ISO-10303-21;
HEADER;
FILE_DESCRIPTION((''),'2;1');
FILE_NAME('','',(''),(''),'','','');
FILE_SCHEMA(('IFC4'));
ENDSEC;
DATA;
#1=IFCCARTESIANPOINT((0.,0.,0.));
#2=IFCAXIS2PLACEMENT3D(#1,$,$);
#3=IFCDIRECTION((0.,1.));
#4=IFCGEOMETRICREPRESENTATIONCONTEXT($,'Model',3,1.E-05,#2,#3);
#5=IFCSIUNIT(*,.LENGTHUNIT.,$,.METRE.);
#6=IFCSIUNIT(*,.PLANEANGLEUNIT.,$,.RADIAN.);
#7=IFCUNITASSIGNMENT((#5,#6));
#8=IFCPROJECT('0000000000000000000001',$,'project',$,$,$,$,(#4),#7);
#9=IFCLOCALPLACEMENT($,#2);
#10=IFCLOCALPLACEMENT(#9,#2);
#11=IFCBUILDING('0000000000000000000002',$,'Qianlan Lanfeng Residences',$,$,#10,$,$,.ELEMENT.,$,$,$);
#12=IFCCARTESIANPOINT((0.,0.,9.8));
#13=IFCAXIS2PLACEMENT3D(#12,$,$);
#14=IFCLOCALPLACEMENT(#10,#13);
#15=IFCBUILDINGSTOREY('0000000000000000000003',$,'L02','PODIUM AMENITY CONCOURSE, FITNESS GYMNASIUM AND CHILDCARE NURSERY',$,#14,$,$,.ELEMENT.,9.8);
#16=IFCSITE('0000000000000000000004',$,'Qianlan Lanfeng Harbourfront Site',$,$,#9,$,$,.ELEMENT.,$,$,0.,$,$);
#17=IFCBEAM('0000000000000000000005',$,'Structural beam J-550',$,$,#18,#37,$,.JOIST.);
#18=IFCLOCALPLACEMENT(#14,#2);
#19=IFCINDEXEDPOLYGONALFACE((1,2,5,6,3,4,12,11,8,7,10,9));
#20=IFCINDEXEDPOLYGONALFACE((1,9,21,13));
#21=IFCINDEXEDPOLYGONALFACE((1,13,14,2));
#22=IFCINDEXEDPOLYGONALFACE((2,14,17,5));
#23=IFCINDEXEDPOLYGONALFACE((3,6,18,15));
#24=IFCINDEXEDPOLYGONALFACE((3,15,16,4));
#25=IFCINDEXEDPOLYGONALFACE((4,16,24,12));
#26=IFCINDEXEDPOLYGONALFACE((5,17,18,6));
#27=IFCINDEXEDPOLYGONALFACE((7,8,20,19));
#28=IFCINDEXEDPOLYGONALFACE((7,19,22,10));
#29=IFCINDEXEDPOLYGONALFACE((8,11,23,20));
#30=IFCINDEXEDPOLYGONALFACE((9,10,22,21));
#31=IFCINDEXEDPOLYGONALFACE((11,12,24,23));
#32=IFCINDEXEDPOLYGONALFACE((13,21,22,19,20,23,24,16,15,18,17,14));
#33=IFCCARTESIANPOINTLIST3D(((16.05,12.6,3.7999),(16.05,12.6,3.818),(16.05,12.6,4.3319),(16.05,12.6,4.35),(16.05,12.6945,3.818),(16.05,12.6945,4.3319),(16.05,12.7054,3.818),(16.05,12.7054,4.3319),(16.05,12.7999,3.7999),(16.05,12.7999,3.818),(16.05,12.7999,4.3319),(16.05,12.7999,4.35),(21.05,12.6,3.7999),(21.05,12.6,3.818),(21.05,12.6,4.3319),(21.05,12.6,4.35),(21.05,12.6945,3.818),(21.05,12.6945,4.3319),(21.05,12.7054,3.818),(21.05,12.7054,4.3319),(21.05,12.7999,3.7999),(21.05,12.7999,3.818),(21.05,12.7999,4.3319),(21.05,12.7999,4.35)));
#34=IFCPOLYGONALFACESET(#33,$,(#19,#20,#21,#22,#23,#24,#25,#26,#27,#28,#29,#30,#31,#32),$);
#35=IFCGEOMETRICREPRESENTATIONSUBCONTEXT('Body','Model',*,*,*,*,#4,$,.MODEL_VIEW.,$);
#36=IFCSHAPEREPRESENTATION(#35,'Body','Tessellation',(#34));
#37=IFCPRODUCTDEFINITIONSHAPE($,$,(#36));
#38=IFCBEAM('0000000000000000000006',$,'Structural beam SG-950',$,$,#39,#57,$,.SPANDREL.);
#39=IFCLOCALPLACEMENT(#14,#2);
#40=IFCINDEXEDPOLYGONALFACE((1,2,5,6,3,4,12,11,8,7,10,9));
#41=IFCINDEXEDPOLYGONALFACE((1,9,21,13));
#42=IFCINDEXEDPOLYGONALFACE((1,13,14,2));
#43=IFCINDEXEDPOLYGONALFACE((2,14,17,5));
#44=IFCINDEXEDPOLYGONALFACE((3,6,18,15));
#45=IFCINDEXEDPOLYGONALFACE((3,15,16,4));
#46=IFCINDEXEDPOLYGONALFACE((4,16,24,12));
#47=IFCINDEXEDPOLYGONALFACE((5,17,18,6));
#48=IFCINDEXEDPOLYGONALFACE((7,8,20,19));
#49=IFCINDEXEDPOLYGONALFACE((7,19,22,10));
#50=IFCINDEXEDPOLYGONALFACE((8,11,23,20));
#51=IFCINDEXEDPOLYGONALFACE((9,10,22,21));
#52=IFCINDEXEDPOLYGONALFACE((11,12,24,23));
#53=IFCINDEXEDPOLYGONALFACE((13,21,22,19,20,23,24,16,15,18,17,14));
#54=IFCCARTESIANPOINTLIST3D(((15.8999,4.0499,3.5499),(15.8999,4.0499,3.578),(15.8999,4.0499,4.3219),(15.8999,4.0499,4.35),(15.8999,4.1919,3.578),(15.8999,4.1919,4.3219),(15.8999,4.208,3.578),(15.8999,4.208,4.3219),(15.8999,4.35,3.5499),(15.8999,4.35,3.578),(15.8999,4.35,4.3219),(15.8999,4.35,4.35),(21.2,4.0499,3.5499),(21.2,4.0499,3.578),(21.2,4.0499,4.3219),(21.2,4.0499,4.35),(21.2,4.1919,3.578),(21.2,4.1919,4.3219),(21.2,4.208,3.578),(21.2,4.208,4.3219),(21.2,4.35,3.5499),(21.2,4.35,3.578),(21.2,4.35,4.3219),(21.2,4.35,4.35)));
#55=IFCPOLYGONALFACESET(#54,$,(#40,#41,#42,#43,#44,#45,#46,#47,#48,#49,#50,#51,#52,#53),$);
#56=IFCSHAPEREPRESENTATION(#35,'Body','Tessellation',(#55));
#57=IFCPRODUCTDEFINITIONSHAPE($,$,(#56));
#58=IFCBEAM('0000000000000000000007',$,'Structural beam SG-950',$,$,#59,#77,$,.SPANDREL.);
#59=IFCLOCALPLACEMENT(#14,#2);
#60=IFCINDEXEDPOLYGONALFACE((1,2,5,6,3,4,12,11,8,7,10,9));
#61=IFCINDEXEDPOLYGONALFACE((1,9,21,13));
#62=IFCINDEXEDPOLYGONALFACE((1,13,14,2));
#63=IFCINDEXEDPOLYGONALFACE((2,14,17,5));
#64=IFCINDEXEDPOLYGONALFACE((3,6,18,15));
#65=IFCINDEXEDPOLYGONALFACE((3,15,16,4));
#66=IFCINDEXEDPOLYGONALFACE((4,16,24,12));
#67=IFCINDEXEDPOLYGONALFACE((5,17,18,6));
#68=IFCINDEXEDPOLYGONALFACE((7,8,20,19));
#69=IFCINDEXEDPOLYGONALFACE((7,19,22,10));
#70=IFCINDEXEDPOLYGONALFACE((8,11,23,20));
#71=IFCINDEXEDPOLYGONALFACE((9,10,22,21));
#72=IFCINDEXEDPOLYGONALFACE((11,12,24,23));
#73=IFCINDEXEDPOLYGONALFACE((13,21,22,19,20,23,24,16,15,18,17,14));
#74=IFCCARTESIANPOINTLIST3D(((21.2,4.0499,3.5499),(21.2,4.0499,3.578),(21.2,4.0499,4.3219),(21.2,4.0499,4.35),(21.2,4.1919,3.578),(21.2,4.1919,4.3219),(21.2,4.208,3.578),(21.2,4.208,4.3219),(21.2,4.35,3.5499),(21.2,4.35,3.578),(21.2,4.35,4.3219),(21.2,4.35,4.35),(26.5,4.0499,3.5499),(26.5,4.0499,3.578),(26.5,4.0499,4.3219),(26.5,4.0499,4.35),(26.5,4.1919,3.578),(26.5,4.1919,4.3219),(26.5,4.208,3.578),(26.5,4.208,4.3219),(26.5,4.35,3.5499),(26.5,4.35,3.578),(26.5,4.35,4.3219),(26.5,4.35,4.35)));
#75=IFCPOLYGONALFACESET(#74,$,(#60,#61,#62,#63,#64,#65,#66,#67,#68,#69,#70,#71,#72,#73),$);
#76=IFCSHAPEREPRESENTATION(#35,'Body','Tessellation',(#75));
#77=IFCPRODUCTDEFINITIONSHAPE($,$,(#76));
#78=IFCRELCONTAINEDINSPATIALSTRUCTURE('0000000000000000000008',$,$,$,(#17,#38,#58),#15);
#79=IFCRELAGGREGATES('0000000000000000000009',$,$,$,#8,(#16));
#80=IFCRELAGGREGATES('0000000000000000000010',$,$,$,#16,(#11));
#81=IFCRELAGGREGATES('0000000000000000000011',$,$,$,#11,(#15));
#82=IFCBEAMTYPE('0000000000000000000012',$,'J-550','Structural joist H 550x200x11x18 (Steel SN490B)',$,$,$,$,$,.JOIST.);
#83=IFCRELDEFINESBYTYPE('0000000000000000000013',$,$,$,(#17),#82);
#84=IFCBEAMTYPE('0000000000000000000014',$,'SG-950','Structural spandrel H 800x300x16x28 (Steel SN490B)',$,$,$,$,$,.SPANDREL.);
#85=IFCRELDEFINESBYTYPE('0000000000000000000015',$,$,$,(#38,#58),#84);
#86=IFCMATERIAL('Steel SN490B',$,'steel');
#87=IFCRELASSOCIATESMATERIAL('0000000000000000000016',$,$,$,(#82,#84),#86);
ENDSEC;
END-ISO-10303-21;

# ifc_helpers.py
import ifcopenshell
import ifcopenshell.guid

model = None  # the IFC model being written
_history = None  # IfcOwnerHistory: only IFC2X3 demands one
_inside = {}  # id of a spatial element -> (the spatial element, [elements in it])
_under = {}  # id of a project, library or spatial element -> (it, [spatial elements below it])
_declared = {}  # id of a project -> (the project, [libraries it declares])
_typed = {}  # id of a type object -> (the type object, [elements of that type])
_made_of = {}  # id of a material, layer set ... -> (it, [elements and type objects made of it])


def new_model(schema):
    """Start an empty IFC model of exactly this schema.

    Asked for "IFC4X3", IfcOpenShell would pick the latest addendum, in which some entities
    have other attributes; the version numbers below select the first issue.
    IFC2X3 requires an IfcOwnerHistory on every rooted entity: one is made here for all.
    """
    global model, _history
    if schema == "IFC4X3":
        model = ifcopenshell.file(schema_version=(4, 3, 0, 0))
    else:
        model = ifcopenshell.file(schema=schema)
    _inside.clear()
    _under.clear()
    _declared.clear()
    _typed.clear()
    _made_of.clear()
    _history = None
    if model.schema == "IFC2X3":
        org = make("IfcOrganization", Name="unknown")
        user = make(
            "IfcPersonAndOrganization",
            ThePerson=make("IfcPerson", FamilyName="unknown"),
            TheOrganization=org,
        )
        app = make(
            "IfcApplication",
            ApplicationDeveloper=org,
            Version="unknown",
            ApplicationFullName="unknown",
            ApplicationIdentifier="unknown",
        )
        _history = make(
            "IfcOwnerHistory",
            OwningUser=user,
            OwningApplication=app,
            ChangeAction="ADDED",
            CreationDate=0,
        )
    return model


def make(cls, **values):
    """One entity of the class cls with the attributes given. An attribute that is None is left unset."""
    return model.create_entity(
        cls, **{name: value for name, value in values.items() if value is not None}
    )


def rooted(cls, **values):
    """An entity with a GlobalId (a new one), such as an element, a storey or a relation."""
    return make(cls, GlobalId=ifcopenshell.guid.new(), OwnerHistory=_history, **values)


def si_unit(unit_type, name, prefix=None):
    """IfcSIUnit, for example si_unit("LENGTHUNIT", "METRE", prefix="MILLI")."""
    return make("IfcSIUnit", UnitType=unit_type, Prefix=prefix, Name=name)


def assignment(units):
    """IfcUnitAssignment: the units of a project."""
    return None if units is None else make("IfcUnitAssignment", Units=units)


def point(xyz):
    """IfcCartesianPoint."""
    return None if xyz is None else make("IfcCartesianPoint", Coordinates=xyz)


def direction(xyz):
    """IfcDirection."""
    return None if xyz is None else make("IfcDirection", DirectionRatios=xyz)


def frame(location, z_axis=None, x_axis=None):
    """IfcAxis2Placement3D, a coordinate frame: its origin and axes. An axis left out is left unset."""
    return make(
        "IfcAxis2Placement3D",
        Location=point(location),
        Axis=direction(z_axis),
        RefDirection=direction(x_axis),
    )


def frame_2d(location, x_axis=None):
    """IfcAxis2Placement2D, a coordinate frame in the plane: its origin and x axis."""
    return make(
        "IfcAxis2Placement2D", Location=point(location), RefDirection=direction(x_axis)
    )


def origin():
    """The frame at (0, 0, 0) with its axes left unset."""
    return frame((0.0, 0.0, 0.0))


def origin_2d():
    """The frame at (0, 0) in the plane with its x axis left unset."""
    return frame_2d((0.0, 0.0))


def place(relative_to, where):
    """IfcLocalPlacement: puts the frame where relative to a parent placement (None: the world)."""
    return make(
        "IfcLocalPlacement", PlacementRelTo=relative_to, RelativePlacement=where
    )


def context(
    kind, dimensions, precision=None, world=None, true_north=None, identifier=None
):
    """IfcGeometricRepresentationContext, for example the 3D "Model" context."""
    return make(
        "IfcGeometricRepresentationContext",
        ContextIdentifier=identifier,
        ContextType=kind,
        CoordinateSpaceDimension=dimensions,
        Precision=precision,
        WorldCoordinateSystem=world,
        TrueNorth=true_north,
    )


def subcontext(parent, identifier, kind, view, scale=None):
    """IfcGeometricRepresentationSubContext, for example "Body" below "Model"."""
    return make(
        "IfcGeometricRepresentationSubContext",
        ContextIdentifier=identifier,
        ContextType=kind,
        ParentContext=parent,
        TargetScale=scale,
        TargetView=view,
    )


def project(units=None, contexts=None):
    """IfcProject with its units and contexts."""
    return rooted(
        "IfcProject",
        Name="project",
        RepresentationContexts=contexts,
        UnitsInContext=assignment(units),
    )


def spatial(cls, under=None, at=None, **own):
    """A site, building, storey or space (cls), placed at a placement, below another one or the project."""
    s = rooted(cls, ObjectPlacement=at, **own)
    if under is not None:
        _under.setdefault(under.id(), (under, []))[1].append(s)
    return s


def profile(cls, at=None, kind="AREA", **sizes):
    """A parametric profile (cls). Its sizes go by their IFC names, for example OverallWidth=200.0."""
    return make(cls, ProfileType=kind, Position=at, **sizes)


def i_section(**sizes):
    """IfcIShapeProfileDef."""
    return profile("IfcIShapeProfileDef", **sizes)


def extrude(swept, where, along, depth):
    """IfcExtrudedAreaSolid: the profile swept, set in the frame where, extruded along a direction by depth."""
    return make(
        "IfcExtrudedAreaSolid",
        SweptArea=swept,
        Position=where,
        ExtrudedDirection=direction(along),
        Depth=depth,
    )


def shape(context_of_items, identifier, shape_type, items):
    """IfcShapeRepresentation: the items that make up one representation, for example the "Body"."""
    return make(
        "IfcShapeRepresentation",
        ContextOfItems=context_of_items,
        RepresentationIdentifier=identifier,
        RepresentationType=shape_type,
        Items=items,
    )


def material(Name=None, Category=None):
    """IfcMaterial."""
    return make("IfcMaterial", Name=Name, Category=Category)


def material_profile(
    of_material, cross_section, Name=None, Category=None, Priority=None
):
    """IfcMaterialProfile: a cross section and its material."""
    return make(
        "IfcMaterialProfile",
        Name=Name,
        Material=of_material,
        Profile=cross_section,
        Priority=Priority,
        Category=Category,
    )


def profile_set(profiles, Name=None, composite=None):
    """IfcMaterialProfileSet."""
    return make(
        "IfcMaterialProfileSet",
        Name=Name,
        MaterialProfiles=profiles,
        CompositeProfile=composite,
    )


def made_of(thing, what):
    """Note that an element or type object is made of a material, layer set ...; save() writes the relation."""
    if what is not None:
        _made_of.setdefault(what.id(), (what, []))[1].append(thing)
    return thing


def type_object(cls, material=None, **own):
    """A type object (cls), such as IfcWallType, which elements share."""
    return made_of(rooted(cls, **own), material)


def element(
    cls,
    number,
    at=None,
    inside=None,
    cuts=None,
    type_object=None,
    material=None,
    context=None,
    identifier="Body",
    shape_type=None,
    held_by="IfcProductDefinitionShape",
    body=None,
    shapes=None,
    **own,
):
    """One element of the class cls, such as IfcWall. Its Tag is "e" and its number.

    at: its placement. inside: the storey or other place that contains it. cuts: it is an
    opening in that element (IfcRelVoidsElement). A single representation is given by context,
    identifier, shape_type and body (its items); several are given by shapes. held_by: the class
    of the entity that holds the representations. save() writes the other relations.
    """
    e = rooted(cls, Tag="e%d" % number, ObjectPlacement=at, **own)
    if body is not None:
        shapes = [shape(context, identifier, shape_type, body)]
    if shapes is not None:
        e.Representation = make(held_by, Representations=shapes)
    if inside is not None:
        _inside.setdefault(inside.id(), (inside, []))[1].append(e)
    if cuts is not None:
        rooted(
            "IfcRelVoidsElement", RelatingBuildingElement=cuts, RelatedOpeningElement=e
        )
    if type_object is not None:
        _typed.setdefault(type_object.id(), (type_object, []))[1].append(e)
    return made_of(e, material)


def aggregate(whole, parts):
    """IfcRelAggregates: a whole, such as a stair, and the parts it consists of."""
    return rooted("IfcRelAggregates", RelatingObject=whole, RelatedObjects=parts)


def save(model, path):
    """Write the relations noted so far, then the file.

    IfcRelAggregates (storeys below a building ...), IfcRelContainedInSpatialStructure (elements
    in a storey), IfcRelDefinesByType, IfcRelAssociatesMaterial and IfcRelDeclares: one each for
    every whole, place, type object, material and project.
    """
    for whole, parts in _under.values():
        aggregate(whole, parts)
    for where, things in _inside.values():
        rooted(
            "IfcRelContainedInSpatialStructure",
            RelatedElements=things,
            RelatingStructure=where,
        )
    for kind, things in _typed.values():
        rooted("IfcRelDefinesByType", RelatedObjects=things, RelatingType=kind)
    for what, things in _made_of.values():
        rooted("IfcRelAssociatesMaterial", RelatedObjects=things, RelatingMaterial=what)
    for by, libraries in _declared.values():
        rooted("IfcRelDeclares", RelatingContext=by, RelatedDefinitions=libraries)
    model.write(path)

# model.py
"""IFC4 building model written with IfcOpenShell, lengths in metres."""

from ifc_helpers import new_model, si_unit, direction, frame, origin, origin_2d, place, context, subcontext, project, spatial, i_section, extrude, material, material_profile, profile_set, type_object, element, save


model = new_model("IFC4")

# Units and contexts
model_context = context("Model", 3, precision=1e-05, world=origin(), true_north=direction((0.0, 1.0)))
body_context = subcontext(model_context, "Body", "Model", "MODEL_VIEW")
ifc_project = project(units=[si_unit("LENGTHUNIT", "METRE"), si_unit("PLANEANGLEUNIT", "RADIAN")], contexts=[model_context])

# Site, building, storey
site_placement = place(None, origin())
site = spatial("IfcSite", under=ifc_project, at=site_placement, Name="Qianlan Lanfeng Harbourfront Site", CompositionType="ELEMENT", RefElevation=0.0)
building_placement = place(site_placement, origin())
building = spatial("IfcBuilding", under=site, at=building_placement, Name="Qianlan Lanfeng Residences", CompositionType="ELEMENT")
storey_placement = place(building_placement, frame((0.0, 0.0, 9.8)))
storey = spatial("IfcBuildingStorey", under=building, at=storey_placement, Name="L02", Description="PODIUM AMENITY CONCOURSE, FITNESS GYMNASIUM AND CHILDCARE NURSERY", CompositionType="ELEMENT", Elevation=9.8)

# Beams
ifc_material_1 = material(Name="Steel SN490B", Category="steel")
ifc_material_profile_1 = material_profile(ifc_material_1, i_section(OverallWidth=0.2, OverallDepth=0.55, WebThickness=0.011, FlangeThickness=0.0181, at=origin_2d()), Name="H 550x200x11x18")
ifc_profile_set_1 = profile_set([ifc_material_profile_1], Name="Steel SN490B")
beam_type_1 = type_object("IfcBeamType", Name="J-550", Description="Structural joist H 550x200x11x18 (Steel SN490B)", PredefinedType="JOIST", material=ifc_profile_set_1)
for number, where, z_axis, x_axis, name in (
    (1, (16.05, 12.7, 4.075), (1.0, 0.0, 0.0), (0.0, 1.0, 0.0), "Structural beam J-550"),
):
    element("IfcBeam", number, at=place(storey_placement, frame(where, z_axis=z_axis, x_axis=x_axis)), inside=storey, type_object=beam_type_1, Name=name, PredefinedType="JOIST", context=body_context, shape_type="SweptSolid", body=[
        extrude(i_section(OverallWidth=0.2, OverallDepth=0.55, WebThickness=0.011, FlangeThickness=0.0181, at=origin_2d()), origin(), (0.0, 0.0, 1.0), 5.0),
    ])
ifc_material_profile_2 = material_profile(ifc_material_1, i_section(OverallWidth=0.3, OverallDepth=0.8, WebThickness=0.0161, FlangeThickness=0.0281, at=origin_2d()), Name="H 800x300x16x28")
ifc_profile_set_2 = profile_set([ifc_material_profile_2], Name="Steel SN490B")
beam_type_2 = type_object("IfcBeamType", Name="SG-950", Description="Structural spandrel H 800x300x16x28 (Steel SN490B)", PredefinedType="SPANDREL", material=ifc_profile_set_2)
for number, where, z_axis, x_axis, name in (
    (2, (15.8999, 4.2, 3.95), (1.0, 0.0, 0.0), (0.0, 1.0, 0.0), "Structural beam SG-950"),
    (3, (21.2, 4.2, 3.95), (1.0, 0.0, 0.0), (0.0, 1.0, 0.0), "Structural beam SG-950"),
):
    element("IfcBeam", number, at=place(storey_placement, frame(where, z_axis=z_axis, x_axis=x_axis)), inside=storey, type_object=beam_type_2, Name=name, PredefinedType="SPANDREL", context=body_context, shape_type="SweptSolid", body=[
        extrude(i_section(OverallWidth=0.3, OverallDepth=0.8, WebThickness=0.0161, FlangeThickness=0.0281, at=origin_2d()), origin(), (0.0, 0.0, 1.0), 5.3),
    ])

save(model, "model.ifc")
